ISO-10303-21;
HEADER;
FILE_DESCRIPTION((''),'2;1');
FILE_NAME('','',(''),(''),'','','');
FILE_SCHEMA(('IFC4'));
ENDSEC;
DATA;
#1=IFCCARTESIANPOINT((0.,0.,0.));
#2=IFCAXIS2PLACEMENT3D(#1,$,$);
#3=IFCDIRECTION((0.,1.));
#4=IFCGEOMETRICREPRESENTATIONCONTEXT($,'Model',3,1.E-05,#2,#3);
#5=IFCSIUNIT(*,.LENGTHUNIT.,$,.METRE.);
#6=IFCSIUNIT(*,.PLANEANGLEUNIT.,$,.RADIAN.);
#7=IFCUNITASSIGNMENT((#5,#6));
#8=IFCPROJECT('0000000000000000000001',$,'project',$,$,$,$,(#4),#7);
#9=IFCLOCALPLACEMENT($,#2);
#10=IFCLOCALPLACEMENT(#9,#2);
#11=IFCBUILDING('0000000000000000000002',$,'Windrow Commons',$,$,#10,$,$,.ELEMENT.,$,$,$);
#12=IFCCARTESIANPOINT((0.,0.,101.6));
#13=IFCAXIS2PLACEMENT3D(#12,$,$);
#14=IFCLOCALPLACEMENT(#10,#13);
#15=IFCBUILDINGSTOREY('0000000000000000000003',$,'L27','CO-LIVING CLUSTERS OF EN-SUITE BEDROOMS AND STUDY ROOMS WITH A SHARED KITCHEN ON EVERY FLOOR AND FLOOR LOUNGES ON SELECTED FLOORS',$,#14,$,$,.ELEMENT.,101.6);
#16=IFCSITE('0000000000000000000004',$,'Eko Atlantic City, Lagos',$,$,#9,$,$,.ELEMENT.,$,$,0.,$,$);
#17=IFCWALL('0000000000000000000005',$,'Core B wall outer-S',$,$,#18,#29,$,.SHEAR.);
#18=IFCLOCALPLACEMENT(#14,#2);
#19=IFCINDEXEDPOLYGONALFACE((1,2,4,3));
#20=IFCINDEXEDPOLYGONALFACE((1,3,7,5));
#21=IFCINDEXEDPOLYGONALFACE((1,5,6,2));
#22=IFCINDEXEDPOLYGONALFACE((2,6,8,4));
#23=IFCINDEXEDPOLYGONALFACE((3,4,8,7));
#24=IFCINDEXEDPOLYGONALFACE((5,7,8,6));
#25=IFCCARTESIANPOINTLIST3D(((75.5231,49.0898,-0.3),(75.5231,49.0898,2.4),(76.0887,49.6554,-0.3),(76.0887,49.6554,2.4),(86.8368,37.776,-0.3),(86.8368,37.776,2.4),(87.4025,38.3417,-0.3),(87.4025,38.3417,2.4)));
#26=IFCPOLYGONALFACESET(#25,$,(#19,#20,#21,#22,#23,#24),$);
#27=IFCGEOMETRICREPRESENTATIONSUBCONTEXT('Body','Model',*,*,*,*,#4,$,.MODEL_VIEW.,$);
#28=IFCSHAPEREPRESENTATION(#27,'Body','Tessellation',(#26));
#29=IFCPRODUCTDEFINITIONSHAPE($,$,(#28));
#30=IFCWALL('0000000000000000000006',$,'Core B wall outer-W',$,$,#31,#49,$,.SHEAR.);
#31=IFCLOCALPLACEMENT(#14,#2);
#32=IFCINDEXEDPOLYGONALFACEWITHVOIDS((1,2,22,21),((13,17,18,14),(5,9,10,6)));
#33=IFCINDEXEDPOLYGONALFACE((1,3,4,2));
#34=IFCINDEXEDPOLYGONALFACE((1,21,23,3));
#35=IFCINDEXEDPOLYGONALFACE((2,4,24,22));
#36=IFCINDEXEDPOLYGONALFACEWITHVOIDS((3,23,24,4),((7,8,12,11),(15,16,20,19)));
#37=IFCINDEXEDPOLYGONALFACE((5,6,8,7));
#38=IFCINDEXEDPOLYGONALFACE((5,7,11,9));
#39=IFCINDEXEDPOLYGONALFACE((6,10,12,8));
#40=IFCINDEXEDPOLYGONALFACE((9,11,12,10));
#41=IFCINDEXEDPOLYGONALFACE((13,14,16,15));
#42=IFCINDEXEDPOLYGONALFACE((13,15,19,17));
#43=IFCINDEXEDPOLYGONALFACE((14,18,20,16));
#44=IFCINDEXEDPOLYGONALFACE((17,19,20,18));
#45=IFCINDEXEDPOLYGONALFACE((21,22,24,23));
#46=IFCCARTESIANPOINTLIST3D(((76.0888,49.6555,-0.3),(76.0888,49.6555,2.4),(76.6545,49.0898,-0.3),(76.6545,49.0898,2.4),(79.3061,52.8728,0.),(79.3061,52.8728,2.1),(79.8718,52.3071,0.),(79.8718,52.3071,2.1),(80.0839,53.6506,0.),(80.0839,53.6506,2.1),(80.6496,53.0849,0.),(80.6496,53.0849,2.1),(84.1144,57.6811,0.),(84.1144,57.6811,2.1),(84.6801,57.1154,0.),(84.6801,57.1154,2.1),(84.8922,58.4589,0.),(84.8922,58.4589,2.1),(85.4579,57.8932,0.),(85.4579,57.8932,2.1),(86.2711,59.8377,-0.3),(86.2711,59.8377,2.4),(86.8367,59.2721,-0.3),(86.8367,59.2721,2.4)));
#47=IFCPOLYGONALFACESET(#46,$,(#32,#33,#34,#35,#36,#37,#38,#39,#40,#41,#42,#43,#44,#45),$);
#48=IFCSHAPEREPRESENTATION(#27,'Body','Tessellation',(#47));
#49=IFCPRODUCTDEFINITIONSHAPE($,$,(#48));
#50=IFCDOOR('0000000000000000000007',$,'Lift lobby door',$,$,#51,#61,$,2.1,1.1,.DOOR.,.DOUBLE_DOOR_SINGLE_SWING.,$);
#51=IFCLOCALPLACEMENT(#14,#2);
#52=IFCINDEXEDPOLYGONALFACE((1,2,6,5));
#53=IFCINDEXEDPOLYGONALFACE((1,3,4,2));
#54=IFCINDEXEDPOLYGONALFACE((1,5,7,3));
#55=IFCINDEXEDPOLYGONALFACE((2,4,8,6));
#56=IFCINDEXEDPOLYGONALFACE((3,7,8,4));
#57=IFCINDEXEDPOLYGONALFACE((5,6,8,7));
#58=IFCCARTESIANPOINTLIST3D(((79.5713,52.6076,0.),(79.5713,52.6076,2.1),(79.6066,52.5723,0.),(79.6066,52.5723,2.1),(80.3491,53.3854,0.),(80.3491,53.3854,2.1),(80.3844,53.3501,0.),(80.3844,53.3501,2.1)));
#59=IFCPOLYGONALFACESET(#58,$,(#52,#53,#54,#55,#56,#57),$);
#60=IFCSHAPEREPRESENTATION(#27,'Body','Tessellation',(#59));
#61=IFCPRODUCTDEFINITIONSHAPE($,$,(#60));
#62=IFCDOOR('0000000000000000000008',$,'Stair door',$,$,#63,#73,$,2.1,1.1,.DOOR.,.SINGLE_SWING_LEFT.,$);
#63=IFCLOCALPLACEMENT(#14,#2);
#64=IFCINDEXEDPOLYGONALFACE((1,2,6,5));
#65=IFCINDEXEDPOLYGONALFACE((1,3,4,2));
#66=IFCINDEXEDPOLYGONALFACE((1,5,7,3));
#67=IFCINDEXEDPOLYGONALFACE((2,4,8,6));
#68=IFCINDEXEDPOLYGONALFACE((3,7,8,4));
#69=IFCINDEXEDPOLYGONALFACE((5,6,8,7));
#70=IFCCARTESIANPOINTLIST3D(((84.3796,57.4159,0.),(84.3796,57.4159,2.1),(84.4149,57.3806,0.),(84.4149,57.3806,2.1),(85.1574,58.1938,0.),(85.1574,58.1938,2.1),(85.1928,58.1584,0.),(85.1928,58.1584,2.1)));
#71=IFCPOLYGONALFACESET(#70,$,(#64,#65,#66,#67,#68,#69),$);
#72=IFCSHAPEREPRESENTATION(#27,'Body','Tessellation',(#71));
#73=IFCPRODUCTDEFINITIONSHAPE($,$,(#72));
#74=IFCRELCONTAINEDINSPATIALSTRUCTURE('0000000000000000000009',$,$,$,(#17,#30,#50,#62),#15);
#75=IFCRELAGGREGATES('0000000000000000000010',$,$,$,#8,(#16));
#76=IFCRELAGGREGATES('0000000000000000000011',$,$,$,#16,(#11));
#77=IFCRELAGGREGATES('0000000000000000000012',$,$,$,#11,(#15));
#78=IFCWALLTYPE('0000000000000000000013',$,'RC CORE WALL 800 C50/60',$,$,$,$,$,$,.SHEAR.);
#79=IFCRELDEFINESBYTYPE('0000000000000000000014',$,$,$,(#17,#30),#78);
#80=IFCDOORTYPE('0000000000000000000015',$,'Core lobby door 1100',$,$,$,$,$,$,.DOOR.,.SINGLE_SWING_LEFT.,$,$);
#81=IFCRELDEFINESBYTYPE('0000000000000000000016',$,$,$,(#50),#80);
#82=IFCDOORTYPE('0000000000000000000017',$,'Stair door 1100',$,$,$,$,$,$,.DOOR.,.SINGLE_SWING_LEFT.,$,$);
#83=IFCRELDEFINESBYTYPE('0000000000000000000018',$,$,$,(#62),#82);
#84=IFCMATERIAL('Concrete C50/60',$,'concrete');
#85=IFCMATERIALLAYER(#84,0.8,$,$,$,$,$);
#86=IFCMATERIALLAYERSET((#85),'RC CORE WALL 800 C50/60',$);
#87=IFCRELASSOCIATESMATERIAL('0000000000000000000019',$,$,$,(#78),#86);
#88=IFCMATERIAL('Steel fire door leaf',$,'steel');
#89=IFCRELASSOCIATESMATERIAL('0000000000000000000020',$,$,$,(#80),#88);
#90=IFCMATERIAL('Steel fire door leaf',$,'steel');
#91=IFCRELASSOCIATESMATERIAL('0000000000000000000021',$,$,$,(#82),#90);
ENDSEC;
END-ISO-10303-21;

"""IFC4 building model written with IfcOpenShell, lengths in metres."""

from ifc_helpers import new_model, si_unit, direction, frame, frame_2d, origin, place, context, subcontext, project, spatial, rectangle, extrude, material, layer, layer_set, type_object, element, fill, save


model = new_model("IFC4")

# Units and contexts
model_context = context("Model", 3, precision=1e-05, world=origin(), true_north=direction((0.0, 1.0)))
body_context = subcontext(model_context, "Body", "Model", "MODEL_VIEW")
ifc_project = project(units=[si_unit("LENGTHUNIT", "METRE"), si_unit("PLANEANGLEUNIT", "RADIAN")], contexts=[model_context])

# Site, building, storey
site_placement = place(None, origin())
site = spatial("IfcSite", under=ifc_project, at=site_placement, Name="Eko Atlantic City, Lagos", CompositionType="ELEMENT", RefElevation=0.0)
building_placement = place(site_placement, origin())
building = spatial("IfcBuilding", under=site, at=building_placement, Name="Windrow Commons", CompositionType="ELEMENT")
storey_placement = place(building_placement, frame((0.0, 0.0, 101.6)))
storey = spatial("IfcBuildingStorey", under=building, at=storey_placement, Name="L27", Description="CO-LIVING CLUSTERS OF EN-SUITE BEDROOMS AND STUDY ROOMS WITH A SHARED KITCHEN ON EVERY FLOOR AND FLOOR LOUNGES ON SELECTED FLOORS", CompositionType="ELEMENT", Elevation=101.6)

# Shared definitions
ifc_material_1 = material(Name="Concrete C50/60", Category="concrete")
ifc_layer_1 = layer(ifc_material_1, 0.8)
ifc_layer_set_1 = layer_set([ifc_layer_1], Name="RC CORE WALL 800 C50/60")
wall_type_1 = type_object("IfcWallType", Name="RC CORE WALL 800 C50/60", PredefinedType="SHEAR", material=ifc_layer_set_1)
ifc_material_2 = material(Name="Steel fire door leaf", Category="steel")
door_type_1 = type_object("IfcDoorType", Name="Core lobby door 1100", OperationType="SINGLE_SWING_LEFT", PredefinedType="DOOR", material=ifc_material_2)
ifc_material_3 = material(Name="Steel fire door leaf", Category="steel")
door_type_2 = type_object("IfcDoorType", Name="Stair door 1100", OperationType="SINGLE_SWING_LEFT", PredefinedType="DOOR", material=ifc_material_3)

# Wall
wall_1_placement = place(storey_placement, frame((75.8059, 49.3726, -0.3), z_axis=(0.0, 0.0, 1.0), x_axis=(0.707107, -0.707107, 0.0)))
element("IfcWall", 1, at=wall_1_placement, inside=storey, type_object=wall_type_1, Name="Core B wall outer-S", PredefinedType="SHEAR", context=body_context, shape_type="SweptSolid", body=[
    extrude(rectangle(XDim=16.0, YDim=0.8, at=frame_2d((8.0, 0.0))), origin(), (0.0, 0.0, 1.0), 2.7),
])

# Wall, openings, doors
wall_2_placement = place(storey_placement, frame((76.3716, 49.3726, -0.3), z_axis=(0.0, 0.0, 1.0), x_axis=(0.707107, 0.707107, 0.0)))
wall_2 = element("IfcWall", 2, at=wall_2_placement, inside=storey, type_object=wall_type_1, Name="Core B wall outer-W", PredefinedType="SHEAR", context=body_context, shape_type="SweptSolid", body=[
    extrude(rectangle(XDim=14.3999, YDim=0.8, at=frame_2d((7.2, 0.0))), origin(), (0.0, 0.0, 1.0), 2.7),
])
opening_1_placement = place(wall_2_placement, frame((4.55, 0.0, 0.3)))
opening_1 = element("IfcOpeningElement", 3, at=opening_1_placement, cuts=wall_2, PredefinedType="OPENING", context=body_context, shape_type="SweptSolid", body=[
    extrude(rectangle(XDim=1.1, YDim=2.1, at=frame_2d((0.55, 1.05))), frame((0.0, 0.41, 0.0), z_axis=(0.0, -1.0, 0.0), x_axis=(1.0, 0.0, 0.0)), (0.0, 0.0, 1.0), 0.82),
])
opening_2_placement = place(wall_2_placement, frame((11.35, 0.0, 0.3)))
opening_2 = element("IfcOpeningElement", 4, at=opening_2_placement, cuts=wall_2, PredefinedType="OPENING", context=body_context, shape_type="SweptSolid", body=[
    extrude(rectangle(XDim=1.1, YDim=2.1, at=frame_2d((0.55, 1.05))), frame((0.0, 0.41, 0.0), z_axis=(0.0, -1.0, 0.0), x_axis=(1.0, 0.0, 0.0)), (0.0, 0.0, 1.0), 0.82),
])
door_1_placement = place(opening_1_placement, origin())
door_1 = element("IfcDoor", 5, at=door_1_placement, inside=storey, type_object=door_type_1, Name="Lift lobby door", OperationType="DOUBLE_DOOR_SINGLE_SWING", OverallHeight=2.1, OverallWidth=1.1, PredefinedType="DOOR", context=body_context, shape_type="SweptSolid", body=[
    extrude(rectangle(XDim=1.1, YDim=2.1, at=frame_2d((0.55, 1.05))), frame((0.0, 0.025, 0.0), z_axis=(0.0, -1.0, 0.0), x_axis=(1.0, 0.0, 0.0)), (0.0, 0.0, 1.0), 0.05),
])
fill(opening_1, door_1)
door_2_placement = place(opening_2_placement, origin())
door_2 = element("IfcDoor", 6, at=door_2_placement, inside=storey, type_object=door_type_2, Name="Stair door", OperationType="SINGLE_SWING_LEFT", OverallHeight=2.1, OverallWidth=1.1, PredefinedType="DOOR", context=body_context, shape_type="SweptSolid", body=[
    extrude(rectangle(XDim=1.1, YDim=2.1, at=frame_2d((0.55, 1.05))), frame((0.0, 0.025, 0.0), z_axis=(0.0, -1.0, 0.0), x_axis=(1.0, 0.0, 0.0)), (0.0, 0.0, 1.0), 0.05),
])
fill(opening_2, door_2)

save(model, "model.ifc")
